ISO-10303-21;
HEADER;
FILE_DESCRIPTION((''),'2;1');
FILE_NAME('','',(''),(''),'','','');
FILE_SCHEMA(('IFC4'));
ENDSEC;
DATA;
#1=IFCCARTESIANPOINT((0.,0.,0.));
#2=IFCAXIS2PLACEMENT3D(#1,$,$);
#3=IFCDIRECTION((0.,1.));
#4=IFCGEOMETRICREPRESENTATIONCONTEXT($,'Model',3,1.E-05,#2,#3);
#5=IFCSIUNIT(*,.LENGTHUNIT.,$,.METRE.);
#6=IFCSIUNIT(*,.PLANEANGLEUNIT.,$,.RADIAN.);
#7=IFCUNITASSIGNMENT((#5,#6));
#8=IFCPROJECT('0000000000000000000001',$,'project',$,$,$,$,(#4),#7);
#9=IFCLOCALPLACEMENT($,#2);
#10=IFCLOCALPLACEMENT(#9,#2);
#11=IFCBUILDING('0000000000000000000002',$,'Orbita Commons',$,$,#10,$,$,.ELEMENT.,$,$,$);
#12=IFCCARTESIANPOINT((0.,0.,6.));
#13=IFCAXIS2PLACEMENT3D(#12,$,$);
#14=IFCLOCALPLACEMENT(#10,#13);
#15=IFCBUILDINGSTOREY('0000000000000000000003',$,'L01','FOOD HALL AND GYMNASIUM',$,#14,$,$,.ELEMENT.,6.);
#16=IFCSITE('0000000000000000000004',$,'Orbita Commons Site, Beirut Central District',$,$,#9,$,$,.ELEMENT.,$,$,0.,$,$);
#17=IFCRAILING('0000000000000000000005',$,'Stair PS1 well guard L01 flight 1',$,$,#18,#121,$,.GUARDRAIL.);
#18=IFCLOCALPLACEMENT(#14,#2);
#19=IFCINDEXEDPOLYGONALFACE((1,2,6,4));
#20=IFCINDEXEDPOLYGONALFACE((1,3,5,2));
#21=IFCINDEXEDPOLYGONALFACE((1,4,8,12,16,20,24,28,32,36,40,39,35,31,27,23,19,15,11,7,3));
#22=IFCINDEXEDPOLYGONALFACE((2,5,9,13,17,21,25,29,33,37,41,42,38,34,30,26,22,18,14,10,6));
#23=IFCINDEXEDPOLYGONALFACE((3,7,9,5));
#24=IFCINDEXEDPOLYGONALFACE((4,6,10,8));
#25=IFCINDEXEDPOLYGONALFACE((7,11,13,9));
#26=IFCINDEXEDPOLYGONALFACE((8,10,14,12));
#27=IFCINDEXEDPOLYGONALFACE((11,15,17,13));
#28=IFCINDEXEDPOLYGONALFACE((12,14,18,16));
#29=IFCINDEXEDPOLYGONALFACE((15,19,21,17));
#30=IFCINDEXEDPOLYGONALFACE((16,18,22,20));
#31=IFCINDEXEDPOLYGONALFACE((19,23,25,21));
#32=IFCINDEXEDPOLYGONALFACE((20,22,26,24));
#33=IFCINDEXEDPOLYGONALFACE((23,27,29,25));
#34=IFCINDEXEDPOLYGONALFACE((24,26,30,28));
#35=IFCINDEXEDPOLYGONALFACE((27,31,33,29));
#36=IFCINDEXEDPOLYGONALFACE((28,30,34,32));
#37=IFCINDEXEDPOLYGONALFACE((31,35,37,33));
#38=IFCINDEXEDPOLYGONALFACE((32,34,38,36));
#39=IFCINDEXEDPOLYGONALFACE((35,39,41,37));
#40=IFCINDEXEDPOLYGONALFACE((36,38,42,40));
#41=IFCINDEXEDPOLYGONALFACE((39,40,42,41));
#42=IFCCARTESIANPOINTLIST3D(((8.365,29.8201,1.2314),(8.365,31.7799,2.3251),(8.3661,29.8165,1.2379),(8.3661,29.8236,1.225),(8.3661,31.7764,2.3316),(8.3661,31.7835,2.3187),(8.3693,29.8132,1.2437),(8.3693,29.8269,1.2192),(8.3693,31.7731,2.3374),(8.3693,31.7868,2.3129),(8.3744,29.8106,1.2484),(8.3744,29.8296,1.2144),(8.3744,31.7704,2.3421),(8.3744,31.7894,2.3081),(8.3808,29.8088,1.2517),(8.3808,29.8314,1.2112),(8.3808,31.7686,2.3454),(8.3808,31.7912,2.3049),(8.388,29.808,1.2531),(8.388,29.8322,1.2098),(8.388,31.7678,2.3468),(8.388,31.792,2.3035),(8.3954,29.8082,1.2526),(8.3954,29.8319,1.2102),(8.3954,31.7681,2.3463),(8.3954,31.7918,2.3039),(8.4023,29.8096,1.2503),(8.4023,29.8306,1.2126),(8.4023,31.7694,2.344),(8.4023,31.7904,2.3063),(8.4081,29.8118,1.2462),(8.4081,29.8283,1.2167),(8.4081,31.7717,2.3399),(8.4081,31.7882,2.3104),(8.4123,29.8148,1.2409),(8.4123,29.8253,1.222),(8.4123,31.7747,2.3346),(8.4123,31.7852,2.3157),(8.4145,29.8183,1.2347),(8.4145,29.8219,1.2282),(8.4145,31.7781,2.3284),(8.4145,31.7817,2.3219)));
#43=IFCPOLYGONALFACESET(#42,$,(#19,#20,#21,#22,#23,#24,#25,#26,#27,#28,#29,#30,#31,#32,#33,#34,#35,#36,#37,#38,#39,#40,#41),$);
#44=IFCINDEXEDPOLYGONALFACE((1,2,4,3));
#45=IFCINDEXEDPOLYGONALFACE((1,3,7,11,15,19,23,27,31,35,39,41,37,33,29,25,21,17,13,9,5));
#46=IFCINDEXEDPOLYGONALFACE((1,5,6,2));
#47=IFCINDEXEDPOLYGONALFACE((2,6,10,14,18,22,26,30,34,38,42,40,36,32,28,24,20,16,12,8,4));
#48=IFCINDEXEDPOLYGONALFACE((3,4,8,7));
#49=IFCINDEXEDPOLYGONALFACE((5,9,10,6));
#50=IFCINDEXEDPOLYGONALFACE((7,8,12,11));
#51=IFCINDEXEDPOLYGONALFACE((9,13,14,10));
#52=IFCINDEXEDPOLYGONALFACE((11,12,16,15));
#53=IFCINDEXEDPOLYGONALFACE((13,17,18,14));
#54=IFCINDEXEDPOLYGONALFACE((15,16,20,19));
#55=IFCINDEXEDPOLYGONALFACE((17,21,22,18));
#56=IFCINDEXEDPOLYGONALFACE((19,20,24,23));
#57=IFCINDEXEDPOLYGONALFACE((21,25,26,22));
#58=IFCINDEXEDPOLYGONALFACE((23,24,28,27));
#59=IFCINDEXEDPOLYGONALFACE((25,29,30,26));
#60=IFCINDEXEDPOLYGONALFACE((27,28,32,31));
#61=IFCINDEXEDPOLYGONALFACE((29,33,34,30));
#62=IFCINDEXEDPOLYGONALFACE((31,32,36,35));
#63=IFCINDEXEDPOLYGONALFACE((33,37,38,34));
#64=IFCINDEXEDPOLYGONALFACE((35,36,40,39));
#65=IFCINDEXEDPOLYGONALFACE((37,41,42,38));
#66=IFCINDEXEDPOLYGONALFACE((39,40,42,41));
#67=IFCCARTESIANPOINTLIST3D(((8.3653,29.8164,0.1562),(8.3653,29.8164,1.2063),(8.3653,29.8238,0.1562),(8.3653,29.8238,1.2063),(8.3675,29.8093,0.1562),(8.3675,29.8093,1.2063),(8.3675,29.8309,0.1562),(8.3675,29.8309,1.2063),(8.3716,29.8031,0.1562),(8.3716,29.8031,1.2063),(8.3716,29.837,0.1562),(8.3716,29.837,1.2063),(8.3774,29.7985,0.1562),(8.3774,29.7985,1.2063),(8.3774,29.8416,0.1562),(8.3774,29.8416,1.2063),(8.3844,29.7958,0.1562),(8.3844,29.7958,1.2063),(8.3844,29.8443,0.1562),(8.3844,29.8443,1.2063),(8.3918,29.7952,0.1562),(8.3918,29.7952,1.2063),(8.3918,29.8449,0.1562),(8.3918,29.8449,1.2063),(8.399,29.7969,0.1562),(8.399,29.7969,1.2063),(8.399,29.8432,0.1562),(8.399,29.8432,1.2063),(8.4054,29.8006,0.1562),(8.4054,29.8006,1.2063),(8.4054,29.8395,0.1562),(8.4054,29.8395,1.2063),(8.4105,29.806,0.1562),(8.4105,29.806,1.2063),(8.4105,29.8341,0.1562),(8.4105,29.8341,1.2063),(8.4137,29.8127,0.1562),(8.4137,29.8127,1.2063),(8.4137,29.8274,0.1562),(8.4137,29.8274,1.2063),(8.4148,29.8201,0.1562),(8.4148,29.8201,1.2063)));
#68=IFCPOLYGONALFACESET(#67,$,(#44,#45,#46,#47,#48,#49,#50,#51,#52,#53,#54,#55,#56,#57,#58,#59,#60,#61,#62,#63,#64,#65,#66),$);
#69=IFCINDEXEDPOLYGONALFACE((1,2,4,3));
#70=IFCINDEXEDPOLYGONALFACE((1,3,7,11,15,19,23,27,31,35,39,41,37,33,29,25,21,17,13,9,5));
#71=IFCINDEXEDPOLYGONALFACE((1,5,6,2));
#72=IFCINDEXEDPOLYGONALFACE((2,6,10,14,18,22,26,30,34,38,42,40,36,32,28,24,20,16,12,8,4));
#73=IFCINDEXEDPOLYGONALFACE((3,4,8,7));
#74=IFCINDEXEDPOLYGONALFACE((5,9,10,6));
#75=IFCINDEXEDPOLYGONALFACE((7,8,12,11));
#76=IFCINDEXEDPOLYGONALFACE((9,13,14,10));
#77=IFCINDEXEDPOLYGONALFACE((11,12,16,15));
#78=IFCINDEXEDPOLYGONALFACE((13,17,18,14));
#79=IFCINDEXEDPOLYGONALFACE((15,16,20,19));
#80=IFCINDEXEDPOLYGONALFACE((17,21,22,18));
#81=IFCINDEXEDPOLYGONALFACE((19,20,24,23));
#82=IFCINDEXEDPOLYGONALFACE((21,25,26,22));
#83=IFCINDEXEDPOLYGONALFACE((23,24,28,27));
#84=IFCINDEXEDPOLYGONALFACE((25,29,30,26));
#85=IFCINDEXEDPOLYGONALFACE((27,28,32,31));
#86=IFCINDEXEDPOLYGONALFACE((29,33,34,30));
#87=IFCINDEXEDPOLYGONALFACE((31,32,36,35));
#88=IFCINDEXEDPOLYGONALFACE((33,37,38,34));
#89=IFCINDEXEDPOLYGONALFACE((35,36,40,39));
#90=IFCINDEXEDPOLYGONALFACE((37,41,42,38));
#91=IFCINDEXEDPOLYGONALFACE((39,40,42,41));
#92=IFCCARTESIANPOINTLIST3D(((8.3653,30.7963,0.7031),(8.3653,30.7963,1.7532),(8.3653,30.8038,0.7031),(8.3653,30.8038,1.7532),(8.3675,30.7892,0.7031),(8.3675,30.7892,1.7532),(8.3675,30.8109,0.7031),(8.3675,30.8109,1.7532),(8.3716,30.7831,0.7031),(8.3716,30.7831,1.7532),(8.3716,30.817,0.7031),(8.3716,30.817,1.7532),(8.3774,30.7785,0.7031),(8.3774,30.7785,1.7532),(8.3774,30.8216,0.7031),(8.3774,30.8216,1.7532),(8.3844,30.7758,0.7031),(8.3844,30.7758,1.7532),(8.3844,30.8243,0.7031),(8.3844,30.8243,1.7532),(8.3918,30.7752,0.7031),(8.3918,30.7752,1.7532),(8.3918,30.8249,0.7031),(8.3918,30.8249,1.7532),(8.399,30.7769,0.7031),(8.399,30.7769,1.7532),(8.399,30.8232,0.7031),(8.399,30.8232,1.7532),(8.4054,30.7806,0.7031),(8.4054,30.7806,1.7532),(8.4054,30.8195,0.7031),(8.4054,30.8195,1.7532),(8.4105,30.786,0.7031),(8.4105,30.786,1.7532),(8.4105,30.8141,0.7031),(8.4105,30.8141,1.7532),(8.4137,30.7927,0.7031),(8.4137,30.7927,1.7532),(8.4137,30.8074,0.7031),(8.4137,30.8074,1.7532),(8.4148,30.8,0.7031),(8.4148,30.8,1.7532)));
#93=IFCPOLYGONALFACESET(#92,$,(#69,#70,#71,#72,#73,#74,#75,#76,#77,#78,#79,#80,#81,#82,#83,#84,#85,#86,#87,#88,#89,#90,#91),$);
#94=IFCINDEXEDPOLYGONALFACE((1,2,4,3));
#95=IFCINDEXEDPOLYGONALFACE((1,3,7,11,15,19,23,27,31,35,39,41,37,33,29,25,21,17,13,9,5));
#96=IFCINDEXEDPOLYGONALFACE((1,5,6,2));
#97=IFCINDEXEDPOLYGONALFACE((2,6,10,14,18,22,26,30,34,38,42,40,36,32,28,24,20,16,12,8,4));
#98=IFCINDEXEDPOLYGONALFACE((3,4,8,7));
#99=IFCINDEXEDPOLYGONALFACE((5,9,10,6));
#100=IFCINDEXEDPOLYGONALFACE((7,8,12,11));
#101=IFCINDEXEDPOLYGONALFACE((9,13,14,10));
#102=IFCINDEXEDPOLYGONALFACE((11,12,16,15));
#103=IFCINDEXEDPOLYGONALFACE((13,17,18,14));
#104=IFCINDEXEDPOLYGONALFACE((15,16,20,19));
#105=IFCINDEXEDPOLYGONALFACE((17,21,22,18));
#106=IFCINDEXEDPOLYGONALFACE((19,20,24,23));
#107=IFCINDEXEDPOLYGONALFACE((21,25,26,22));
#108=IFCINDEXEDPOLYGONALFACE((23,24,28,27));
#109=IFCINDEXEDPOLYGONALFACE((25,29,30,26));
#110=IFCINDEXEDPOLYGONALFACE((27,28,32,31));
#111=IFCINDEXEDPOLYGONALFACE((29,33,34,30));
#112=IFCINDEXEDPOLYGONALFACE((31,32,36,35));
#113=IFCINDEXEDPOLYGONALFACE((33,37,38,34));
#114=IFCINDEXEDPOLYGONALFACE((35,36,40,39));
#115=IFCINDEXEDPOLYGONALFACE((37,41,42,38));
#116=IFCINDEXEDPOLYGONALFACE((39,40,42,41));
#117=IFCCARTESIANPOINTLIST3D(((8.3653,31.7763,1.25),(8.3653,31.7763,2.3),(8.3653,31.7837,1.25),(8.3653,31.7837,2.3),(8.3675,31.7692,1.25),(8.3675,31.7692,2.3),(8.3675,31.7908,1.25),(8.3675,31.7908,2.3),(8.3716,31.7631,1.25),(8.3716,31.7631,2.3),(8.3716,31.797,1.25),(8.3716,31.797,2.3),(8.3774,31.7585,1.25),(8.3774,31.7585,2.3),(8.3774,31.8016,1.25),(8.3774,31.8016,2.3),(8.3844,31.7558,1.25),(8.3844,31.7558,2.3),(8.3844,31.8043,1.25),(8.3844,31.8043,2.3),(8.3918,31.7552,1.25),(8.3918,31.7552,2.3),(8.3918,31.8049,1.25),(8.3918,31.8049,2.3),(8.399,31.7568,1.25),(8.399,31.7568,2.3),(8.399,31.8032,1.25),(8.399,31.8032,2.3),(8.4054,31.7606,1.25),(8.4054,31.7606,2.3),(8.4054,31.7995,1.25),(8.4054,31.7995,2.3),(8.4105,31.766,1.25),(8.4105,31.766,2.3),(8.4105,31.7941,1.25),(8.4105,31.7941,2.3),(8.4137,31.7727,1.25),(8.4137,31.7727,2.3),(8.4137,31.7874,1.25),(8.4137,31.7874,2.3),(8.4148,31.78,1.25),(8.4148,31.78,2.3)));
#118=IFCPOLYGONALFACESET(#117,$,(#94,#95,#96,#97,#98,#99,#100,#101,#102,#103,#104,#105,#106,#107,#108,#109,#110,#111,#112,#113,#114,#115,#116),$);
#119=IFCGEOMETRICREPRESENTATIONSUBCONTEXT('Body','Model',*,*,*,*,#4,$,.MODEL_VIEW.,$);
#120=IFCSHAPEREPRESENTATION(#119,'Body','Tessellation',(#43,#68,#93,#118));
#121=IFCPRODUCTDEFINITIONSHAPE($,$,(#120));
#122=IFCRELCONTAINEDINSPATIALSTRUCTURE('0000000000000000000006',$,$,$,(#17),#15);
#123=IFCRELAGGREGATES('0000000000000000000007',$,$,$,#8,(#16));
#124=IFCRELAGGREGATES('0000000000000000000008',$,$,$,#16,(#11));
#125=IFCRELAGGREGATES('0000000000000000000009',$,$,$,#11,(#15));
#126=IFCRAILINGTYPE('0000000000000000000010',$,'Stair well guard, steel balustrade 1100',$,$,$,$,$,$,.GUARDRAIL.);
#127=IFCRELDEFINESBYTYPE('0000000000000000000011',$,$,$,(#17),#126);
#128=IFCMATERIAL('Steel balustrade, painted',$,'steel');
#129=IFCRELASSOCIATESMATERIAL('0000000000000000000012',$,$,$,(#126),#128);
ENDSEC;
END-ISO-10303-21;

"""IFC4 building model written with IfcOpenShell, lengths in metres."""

from ifc_helpers import new_model, si_unit, direction, frame, origin, origin_2d, place, context, subcontext, project, spatial, circle, extrude, material, type_object, element, save


model = new_model("IFC4")

# Units and contexts
model_context = context("Model", 3, precision=1e-05, world=origin(), true_north=direction((0.0, 1.0)))
body_context = subcontext(model_context, "Body", "Model", "MODEL_VIEW")
ifc_project = project(units=[si_unit("LENGTHUNIT", "METRE"), si_unit("PLANEANGLEUNIT", "RADIAN")], contexts=[model_context])

# Site, building, storey
site_placement = place(None, origin())
site = spatial("IfcSite", under=ifc_project, at=site_placement, Name="Orbita Commons Site, Beirut Central District", CompositionType="ELEMENT", RefElevation=0.0)
building_placement = place(site_placement, origin())
building = spatial("IfcBuilding", under=site, at=building_placement, Name="Orbita Commons", CompositionType="ELEMENT")
storey_placement = place(building_placement, frame((0.0, 0.0, 6.0)))
storey = spatial("IfcBuildingStorey", under=building, at=storey_placement, Name="L01", Description="FOOD HALL AND GYMNASIUM", CompositionType="ELEMENT", Elevation=6.0)

# Railing
ifc_material_1 = material(Name="Steel balustrade, painted", Category="steel")
railing_type_1 = type_object("IfcRailingType", Name="Stair well guard, steel balustrade 1100", PredefinedType="GUARDRAIL", material=ifc_material_1)
railing_1_placement = place(storey_placement, frame((8.3899, 29.8201, 0.1562)))
element("IfcRailing", 1, at=railing_1_placement, inside=storey, type_object=railing_type_1, Name="Stair PS1 well guard L01 flight 1", PredefinedType="GUARDRAIL", context=body_context, shape_type="SweptSolid", body=[
    extrude(circle(Radius=0.0249, at=origin_2d()), frame((0.0, 0.0, 1.0752), z_axis=(0.0, 0.873232, 0.487304), x_axis=(-1.0, 0.0, 0.0)), (0.0, 0.0, 1.0), 2.2444),
    extrude(circle(Radius=0.0249, at=origin_2d()), origin(), (0.0, 0.0, 1.0), 1.05),
    extrude(circle(Radius=0.0249, at=origin_2d()), frame((0.0, 0.98, 0.5469)), (0.0, 0.0, 1.0), 1.05),
    extrude(circle(Radius=0.0249, at=origin_2d()), frame((0.0, 1.96, 1.0938)), (0.0, 0.0, 1.0), 1.05),
])

save(model, "model.ifc")
